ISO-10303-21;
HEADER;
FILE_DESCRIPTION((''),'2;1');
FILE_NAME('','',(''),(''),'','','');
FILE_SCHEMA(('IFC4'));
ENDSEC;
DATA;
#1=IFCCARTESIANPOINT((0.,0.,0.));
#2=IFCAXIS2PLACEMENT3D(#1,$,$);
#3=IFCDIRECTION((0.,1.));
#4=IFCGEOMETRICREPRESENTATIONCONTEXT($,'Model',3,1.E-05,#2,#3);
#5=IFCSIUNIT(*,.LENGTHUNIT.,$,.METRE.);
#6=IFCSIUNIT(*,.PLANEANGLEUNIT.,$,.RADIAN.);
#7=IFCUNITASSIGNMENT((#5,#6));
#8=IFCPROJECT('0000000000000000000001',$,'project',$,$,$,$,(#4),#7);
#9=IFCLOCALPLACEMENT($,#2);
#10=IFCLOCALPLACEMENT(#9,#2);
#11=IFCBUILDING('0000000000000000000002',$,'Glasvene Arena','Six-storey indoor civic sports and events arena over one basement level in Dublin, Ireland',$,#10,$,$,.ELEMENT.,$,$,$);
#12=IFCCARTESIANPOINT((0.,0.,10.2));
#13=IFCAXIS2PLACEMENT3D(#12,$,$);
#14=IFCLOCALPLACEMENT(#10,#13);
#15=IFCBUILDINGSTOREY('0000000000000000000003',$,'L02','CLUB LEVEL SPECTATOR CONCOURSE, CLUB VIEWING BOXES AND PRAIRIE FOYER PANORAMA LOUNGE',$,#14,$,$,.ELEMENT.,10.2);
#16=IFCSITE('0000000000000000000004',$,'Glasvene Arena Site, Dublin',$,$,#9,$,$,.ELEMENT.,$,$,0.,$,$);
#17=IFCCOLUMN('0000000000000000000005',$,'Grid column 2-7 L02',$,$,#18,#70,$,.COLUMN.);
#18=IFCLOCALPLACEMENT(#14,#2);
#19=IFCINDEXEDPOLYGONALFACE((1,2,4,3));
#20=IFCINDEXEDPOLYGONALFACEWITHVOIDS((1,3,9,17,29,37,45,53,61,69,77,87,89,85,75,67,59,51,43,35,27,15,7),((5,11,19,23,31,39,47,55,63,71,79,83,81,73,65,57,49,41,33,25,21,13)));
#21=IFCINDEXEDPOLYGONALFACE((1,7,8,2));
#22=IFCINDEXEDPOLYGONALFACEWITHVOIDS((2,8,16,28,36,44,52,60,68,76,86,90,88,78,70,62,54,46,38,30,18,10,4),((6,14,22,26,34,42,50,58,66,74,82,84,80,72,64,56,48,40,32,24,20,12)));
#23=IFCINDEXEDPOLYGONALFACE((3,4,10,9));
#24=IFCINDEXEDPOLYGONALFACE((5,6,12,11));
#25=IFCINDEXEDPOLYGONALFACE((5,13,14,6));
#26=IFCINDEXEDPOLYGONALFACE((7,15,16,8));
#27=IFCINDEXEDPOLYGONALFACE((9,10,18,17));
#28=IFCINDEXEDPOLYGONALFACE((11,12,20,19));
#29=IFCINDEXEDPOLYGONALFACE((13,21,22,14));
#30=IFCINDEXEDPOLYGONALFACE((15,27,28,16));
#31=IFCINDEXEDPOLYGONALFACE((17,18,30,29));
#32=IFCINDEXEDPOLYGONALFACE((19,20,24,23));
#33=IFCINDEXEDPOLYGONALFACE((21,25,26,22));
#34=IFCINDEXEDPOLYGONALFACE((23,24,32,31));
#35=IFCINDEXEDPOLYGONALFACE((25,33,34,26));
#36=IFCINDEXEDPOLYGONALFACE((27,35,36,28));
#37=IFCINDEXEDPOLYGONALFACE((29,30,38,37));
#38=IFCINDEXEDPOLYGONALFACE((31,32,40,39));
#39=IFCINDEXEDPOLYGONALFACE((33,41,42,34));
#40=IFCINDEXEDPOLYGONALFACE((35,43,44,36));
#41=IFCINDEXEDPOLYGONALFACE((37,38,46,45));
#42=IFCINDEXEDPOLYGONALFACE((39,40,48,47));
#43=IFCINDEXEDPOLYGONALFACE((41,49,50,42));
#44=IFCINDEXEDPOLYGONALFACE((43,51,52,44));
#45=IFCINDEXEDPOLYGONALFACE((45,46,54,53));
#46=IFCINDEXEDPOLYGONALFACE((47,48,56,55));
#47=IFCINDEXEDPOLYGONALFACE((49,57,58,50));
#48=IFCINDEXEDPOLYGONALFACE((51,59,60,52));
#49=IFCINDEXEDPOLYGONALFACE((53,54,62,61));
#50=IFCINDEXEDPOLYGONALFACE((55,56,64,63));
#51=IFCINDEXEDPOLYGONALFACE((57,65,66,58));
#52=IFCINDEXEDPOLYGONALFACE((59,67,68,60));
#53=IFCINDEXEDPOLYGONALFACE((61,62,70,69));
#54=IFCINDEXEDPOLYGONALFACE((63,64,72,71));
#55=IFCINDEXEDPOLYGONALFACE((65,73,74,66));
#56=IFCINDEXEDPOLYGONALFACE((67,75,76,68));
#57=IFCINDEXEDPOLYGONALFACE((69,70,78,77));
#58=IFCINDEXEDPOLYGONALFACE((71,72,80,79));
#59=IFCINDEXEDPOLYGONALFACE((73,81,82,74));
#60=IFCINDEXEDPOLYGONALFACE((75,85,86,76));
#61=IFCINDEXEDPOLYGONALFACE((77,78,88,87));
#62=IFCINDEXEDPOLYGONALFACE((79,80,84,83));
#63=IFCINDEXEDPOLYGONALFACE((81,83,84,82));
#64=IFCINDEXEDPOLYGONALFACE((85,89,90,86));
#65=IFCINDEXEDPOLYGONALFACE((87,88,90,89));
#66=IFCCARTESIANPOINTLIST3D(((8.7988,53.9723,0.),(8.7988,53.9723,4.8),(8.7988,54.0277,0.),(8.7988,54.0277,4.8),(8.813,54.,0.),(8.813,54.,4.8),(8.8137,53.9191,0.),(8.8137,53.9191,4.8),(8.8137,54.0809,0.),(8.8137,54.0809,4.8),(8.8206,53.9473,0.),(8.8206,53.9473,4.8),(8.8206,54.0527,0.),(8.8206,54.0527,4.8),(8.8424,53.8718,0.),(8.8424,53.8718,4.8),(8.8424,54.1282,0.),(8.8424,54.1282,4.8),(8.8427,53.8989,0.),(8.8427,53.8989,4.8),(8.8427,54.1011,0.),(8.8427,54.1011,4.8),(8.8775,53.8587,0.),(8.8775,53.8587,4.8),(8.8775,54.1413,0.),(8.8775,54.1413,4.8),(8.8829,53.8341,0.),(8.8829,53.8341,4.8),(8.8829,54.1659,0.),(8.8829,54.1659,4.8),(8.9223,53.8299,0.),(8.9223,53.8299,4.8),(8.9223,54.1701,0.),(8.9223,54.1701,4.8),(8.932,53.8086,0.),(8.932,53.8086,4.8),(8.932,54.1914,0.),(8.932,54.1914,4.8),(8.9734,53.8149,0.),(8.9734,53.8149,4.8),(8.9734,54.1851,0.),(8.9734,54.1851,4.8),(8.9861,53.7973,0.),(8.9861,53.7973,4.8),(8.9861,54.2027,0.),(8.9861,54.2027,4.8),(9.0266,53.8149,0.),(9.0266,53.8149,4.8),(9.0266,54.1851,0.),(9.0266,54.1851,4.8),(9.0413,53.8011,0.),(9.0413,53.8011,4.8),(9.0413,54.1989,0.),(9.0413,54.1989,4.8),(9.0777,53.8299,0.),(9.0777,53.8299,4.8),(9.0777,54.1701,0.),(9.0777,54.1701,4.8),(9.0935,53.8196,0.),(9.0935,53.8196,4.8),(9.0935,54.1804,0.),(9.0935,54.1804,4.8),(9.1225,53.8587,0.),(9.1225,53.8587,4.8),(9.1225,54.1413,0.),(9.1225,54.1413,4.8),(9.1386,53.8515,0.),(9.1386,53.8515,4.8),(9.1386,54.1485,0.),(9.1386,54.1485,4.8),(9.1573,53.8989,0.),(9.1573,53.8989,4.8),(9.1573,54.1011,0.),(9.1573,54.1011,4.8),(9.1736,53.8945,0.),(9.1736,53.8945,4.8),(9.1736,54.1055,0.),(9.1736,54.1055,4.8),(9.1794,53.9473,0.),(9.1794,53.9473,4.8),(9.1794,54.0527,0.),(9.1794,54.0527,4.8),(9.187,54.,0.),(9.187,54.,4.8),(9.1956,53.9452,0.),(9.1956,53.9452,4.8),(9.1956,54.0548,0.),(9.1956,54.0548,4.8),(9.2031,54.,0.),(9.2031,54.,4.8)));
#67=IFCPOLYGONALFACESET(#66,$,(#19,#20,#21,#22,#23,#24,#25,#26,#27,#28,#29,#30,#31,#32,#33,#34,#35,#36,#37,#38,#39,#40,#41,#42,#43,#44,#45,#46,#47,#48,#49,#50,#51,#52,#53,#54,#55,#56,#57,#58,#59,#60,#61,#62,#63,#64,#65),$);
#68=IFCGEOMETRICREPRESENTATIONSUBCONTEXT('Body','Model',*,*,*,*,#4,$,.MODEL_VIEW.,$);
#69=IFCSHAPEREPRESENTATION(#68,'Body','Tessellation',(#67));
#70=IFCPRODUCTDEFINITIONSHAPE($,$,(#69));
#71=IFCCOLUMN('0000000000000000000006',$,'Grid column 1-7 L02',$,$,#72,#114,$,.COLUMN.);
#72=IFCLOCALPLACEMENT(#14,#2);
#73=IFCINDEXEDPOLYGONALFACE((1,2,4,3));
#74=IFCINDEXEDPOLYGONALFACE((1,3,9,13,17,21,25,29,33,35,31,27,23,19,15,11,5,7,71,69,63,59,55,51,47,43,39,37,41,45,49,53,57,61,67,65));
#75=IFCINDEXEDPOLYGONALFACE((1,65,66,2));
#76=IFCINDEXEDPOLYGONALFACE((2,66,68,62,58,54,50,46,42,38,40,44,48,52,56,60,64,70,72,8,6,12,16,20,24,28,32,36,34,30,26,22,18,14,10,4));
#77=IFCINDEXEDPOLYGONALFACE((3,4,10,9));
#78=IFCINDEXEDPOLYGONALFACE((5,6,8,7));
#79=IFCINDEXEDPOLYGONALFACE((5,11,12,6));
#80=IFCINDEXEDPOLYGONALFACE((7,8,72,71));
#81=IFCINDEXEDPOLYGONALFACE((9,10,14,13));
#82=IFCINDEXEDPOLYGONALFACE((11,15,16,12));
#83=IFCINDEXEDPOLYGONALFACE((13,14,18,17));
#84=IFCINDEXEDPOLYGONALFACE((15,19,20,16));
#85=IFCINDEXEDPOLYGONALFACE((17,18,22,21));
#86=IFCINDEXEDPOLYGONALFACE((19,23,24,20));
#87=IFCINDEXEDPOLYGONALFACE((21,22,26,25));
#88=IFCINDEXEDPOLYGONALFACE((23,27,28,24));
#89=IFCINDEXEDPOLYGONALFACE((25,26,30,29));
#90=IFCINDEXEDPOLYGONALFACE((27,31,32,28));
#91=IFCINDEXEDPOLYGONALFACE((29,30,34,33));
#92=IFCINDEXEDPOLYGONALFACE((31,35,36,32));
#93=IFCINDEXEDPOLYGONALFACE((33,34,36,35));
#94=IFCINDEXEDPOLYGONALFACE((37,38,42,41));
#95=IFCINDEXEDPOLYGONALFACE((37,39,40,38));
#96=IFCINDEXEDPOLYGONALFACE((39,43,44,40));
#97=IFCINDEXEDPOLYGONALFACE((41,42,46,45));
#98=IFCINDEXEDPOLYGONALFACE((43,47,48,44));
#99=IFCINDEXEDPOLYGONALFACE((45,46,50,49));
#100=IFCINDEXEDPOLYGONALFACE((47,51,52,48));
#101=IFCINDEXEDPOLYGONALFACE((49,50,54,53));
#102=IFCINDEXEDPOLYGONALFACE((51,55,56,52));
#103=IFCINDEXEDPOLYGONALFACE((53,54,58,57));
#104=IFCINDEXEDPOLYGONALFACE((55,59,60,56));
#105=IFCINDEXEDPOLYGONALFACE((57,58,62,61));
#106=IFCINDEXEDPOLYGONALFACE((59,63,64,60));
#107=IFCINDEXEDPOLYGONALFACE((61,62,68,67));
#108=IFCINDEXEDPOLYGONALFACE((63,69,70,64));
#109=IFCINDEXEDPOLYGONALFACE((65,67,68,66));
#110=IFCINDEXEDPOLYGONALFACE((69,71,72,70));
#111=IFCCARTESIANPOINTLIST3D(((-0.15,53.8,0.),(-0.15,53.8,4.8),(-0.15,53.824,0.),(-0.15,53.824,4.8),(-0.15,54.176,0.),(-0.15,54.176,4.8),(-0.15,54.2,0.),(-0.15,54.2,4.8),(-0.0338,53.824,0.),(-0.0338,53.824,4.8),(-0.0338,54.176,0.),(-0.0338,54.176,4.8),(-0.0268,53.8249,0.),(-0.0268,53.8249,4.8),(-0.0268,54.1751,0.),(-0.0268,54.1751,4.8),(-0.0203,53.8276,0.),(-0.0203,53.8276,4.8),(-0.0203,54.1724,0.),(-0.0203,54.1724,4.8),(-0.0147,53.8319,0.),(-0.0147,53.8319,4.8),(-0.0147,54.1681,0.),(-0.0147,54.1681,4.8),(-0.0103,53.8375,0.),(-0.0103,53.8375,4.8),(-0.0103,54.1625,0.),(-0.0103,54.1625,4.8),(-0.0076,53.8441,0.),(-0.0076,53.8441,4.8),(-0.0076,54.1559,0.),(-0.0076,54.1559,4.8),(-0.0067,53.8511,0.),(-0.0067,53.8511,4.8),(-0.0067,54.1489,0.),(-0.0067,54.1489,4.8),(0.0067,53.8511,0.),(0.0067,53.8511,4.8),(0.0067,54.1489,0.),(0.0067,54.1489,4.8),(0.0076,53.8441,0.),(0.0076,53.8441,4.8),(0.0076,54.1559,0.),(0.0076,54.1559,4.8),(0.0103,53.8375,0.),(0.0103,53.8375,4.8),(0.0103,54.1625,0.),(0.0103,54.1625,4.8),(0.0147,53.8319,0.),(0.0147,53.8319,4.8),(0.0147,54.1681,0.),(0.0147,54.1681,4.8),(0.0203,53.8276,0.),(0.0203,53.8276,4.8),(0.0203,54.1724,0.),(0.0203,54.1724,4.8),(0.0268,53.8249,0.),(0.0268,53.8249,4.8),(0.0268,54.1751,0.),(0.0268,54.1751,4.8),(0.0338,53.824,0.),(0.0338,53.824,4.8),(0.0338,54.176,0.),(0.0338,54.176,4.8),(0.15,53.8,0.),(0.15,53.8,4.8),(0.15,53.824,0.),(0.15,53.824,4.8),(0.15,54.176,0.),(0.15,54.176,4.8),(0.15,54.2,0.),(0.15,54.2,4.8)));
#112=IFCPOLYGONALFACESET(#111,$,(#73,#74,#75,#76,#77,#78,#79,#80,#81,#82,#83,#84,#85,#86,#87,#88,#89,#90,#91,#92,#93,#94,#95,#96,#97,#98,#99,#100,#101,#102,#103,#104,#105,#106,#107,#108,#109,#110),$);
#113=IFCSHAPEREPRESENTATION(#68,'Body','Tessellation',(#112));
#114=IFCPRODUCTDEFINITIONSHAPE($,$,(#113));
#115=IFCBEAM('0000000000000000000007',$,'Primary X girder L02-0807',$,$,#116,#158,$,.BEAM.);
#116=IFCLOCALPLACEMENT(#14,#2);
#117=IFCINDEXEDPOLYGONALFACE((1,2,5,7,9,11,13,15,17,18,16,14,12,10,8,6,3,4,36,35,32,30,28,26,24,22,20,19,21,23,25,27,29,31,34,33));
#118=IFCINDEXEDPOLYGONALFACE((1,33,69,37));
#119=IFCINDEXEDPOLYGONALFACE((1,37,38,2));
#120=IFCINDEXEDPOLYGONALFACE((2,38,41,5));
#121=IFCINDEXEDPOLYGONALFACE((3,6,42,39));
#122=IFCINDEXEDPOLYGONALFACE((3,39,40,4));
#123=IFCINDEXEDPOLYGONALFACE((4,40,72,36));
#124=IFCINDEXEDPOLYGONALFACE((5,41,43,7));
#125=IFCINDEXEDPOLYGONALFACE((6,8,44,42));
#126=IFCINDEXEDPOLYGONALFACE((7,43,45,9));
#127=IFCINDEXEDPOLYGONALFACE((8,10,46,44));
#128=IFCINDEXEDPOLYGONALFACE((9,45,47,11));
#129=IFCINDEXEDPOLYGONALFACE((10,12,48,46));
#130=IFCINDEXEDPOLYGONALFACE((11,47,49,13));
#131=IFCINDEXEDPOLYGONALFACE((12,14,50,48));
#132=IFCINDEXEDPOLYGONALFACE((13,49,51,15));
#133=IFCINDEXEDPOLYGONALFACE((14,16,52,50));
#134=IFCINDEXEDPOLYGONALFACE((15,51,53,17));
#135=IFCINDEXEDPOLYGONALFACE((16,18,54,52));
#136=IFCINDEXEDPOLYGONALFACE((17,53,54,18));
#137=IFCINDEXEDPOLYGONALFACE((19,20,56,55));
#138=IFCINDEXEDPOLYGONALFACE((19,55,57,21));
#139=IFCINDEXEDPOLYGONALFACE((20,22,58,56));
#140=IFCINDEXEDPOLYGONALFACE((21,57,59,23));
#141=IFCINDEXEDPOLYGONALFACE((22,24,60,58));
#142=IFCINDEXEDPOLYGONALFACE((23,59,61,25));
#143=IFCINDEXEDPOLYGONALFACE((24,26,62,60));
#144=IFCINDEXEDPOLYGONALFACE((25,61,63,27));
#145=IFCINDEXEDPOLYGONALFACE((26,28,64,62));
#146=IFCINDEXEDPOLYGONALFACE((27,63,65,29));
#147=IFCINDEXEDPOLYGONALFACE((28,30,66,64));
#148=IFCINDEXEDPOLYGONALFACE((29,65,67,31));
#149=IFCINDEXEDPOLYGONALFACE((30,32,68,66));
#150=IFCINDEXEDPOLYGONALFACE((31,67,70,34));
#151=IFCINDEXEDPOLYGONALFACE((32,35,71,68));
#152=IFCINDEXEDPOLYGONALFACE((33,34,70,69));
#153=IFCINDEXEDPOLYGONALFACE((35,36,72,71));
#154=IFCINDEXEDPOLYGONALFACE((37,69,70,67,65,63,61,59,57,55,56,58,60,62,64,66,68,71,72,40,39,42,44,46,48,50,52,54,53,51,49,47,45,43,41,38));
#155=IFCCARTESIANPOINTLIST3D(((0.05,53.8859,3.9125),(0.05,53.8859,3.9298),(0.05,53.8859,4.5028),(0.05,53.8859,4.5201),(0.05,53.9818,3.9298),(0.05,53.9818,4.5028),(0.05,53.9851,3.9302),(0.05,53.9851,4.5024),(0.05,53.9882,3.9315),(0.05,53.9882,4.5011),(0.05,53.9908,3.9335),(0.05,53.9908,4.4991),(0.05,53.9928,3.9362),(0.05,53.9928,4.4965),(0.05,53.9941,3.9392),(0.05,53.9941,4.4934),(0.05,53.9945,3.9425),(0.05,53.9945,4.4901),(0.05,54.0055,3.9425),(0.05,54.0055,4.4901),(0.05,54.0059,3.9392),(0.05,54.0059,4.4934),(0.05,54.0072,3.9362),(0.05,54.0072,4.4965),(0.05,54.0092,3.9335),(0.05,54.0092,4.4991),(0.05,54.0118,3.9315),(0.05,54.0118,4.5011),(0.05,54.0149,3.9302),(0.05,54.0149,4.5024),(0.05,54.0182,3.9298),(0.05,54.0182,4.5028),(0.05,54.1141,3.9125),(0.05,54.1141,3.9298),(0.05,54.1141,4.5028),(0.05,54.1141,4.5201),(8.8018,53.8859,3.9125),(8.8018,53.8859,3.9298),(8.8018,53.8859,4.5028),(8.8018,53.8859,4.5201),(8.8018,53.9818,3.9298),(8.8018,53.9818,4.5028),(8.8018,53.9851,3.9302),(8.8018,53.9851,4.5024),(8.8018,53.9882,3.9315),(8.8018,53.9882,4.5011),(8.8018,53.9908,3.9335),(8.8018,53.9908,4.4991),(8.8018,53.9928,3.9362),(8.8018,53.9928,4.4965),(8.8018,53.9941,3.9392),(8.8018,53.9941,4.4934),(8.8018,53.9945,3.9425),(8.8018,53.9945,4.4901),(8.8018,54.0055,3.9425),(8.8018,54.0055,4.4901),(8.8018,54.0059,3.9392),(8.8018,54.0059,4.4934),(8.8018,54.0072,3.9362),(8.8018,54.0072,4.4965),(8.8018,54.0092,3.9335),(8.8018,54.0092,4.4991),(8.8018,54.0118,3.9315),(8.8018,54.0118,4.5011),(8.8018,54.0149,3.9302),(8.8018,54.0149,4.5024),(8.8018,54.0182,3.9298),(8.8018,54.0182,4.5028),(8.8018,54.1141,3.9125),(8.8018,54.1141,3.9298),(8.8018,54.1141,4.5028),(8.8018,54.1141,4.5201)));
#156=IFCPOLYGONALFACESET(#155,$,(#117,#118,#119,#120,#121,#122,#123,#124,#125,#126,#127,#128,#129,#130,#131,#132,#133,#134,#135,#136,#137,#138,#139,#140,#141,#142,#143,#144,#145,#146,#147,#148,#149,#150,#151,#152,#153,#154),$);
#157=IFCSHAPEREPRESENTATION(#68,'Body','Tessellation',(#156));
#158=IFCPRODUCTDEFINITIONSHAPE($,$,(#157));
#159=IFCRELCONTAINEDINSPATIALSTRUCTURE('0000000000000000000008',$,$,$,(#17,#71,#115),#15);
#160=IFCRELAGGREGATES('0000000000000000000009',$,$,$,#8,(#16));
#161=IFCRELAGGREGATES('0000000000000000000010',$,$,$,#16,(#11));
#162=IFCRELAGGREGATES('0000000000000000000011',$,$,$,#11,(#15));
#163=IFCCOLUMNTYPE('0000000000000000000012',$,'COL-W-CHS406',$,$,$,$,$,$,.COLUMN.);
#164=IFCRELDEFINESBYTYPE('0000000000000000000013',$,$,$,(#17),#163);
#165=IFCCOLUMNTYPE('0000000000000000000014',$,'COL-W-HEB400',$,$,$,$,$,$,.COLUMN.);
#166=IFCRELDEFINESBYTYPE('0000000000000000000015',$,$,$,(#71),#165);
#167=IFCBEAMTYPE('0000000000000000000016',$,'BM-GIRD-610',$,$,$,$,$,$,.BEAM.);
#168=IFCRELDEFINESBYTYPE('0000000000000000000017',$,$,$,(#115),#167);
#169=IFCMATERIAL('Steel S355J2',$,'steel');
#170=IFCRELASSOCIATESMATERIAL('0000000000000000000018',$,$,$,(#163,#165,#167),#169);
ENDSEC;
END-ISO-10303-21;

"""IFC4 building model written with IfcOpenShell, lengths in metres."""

from ifc_helpers import new_model, si_unit, direction, frame, origin, origin_2d, place, context, subcontext, project, spatial, hollow_circle, i_section, extrude, material, material_profile, profile_set, type_object, element, save


model = new_model("IFC4")

# Units and contexts
model_context = context("Model", 3, precision=1e-05, world=origin(), true_north=direction((0.0, 1.0)))
body_context = subcontext(model_context, "Body", "Model", "MODEL_VIEW")
ifc_project = project(units=[si_unit("LENGTHUNIT", "METRE"), si_unit("PLANEANGLEUNIT", "RADIAN")], contexts=[model_context])

# Site, building, storey
site_placement = place(None, origin())
site = spatial("IfcSite", under=ifc_project, at=site_placement, Name="Glasvene Arena Site, Dublin", CompositionType="ELEMENT", RefElevation=0.0)
building_placement = place(site_placement, origin())
building = spatial("IfcBuilding", under=site, at=building_placement, Name="Glasvene Arena", Description="Six-storey indoor civic sports and events arena over one basement level in Dublin, Ireland", CompositionType="ELEMENT")
storey_placement = place(building_placement, frame((0.0, 0.0, 10.2)))
storey = spatial("IfcBuildingStorey", under=building, at=storey_placement, Name="L02", Description="CLUB LEVEL SPECTATOR CONCOURSE, CLUB VIEWING BOXES AND PRAIRIE FOYER PANORAMA LOUNGE", CompositionType="ELEMENT", Elevation=10.2)

# Columns
ifc_material_1 = material(Name="Steel S355J2", Category="steel")
ifc_material_profile_1 = material_profile(ifc_material_1, hollow_circle(Radius=0.2031, WallThickness=0.0161, at=origin_2d()), Name="CHS 406.4x16.0")
ifc_profile_set_1 = profile_set([ifc_material_profile_1], Name="Steel S355J2")
column_type_1 = type_object("IfcColumnType", Name="COL-W-CHS406", PredefinedType="COLUMN", material=ifc_profile_set_1)
column_1_placement = place(storey_placement, frame((9.0, 54.0, 0.0), z_axis=(0.0, 0.0, 1.0), x_axis=(1.0, 0.0, 0.0)))
element("IfcColumn", 1, at=column_1_placement, inside=storey, type_object=column_type_1, Name="Grid column 2-7 L02", PredefinedType="COLUMN", context=body_context, shape_type="SweptSolid", body=[
    extrude(hollow_circle(Radius=0.2031, WallThickness=0.0161, at=origin_2d()), origin(), (0.0, 0.0, 1.0), 4.8),
])
ifc_material_profile_2 = material_profile(ifc_material_1, i_section(OverallWidth=0.3, OverallDepth=0.3999, WebThickness=0.0134, FlangeThickness=0.0239, FilletRadius=0.0271, at=origin_2d()), Name="HEB 400")
ifc_profile_set_2 = profile_set([ifc_material_profile_2], Name="Steel S355J2")
column_type_2 = type_object("IfcColumnType", Name="COL-W-HEB400", PredefinedType="COLUMN", material=ifc_profile_set_2)
column_2_placement = place(storey_placement, frame((0.0, 54.0, 0.0), z_axis=(0.0, 0.0, 1.0), x_axis=(1.0, 0.0, 0.0)))
element("IfcColumn", 2, at=column_2_placement, inside=storey, type_object=column_type_2, Name="Grid column 1-7 L02", PredefinedType="COLUMN", context=body_context, shape_type="SweptSolid", body=[
    extrude(i_section(OverallWidth=0.3, OverallDepth=0.3999, WebThickness=0.0134, FlangeThickness=0.0239, FilletRadius=0.0271, at=origin_2d()), origin(), (0.0, 0.0, 1.0), 4.8),
])

# Beam
ifc_material_profile_3 = material_profile(ifc_material_1, i_section(OverallWidth=0.2283, OverallDepth=0.6077, WebThickness=0.011, FlangeThickness=0.0173, FilletRadius=0.0127, at=origin_2d()), Name="UKB 610x229x113")
ifc_profile_set_3 = profile_set([ifc_material_profile_3], Name="Steel S355J2")
beam_type_1 = type_object("IfcBeamType", Name="BM-GIRD-610", PredefinedType="BEAM", material=ifc_profile_set_3)
for number, where, z_axis, x_axis, name in (
    (3, (0.05, 54.0, 4.2163), (1.0, 0.0, 0.0), (0.0, 1.0, 0.0), "Primary X girder L02-0807"),
):
    element("IfcBeam", number, at=place(storey_placement, frame(where, z_axis=z_axis, x_axis=x_axis)), inside=storey, type_object=beam_type_1, Name=name, PredefinedType="BEAM", context=body_context, shape_type="SweptSolid", body=[
        extrude(i_section(OverallWidth=0.2283, OverallDepth=0.6077, WebThickness=0.011, FlangeThickness=0.0173, FilletRadius=0.0127, at=origin_2d()), origin(), (0.0, 0.0, 1.0), 8.7517),
    ])

save(model, "model.ifc")
